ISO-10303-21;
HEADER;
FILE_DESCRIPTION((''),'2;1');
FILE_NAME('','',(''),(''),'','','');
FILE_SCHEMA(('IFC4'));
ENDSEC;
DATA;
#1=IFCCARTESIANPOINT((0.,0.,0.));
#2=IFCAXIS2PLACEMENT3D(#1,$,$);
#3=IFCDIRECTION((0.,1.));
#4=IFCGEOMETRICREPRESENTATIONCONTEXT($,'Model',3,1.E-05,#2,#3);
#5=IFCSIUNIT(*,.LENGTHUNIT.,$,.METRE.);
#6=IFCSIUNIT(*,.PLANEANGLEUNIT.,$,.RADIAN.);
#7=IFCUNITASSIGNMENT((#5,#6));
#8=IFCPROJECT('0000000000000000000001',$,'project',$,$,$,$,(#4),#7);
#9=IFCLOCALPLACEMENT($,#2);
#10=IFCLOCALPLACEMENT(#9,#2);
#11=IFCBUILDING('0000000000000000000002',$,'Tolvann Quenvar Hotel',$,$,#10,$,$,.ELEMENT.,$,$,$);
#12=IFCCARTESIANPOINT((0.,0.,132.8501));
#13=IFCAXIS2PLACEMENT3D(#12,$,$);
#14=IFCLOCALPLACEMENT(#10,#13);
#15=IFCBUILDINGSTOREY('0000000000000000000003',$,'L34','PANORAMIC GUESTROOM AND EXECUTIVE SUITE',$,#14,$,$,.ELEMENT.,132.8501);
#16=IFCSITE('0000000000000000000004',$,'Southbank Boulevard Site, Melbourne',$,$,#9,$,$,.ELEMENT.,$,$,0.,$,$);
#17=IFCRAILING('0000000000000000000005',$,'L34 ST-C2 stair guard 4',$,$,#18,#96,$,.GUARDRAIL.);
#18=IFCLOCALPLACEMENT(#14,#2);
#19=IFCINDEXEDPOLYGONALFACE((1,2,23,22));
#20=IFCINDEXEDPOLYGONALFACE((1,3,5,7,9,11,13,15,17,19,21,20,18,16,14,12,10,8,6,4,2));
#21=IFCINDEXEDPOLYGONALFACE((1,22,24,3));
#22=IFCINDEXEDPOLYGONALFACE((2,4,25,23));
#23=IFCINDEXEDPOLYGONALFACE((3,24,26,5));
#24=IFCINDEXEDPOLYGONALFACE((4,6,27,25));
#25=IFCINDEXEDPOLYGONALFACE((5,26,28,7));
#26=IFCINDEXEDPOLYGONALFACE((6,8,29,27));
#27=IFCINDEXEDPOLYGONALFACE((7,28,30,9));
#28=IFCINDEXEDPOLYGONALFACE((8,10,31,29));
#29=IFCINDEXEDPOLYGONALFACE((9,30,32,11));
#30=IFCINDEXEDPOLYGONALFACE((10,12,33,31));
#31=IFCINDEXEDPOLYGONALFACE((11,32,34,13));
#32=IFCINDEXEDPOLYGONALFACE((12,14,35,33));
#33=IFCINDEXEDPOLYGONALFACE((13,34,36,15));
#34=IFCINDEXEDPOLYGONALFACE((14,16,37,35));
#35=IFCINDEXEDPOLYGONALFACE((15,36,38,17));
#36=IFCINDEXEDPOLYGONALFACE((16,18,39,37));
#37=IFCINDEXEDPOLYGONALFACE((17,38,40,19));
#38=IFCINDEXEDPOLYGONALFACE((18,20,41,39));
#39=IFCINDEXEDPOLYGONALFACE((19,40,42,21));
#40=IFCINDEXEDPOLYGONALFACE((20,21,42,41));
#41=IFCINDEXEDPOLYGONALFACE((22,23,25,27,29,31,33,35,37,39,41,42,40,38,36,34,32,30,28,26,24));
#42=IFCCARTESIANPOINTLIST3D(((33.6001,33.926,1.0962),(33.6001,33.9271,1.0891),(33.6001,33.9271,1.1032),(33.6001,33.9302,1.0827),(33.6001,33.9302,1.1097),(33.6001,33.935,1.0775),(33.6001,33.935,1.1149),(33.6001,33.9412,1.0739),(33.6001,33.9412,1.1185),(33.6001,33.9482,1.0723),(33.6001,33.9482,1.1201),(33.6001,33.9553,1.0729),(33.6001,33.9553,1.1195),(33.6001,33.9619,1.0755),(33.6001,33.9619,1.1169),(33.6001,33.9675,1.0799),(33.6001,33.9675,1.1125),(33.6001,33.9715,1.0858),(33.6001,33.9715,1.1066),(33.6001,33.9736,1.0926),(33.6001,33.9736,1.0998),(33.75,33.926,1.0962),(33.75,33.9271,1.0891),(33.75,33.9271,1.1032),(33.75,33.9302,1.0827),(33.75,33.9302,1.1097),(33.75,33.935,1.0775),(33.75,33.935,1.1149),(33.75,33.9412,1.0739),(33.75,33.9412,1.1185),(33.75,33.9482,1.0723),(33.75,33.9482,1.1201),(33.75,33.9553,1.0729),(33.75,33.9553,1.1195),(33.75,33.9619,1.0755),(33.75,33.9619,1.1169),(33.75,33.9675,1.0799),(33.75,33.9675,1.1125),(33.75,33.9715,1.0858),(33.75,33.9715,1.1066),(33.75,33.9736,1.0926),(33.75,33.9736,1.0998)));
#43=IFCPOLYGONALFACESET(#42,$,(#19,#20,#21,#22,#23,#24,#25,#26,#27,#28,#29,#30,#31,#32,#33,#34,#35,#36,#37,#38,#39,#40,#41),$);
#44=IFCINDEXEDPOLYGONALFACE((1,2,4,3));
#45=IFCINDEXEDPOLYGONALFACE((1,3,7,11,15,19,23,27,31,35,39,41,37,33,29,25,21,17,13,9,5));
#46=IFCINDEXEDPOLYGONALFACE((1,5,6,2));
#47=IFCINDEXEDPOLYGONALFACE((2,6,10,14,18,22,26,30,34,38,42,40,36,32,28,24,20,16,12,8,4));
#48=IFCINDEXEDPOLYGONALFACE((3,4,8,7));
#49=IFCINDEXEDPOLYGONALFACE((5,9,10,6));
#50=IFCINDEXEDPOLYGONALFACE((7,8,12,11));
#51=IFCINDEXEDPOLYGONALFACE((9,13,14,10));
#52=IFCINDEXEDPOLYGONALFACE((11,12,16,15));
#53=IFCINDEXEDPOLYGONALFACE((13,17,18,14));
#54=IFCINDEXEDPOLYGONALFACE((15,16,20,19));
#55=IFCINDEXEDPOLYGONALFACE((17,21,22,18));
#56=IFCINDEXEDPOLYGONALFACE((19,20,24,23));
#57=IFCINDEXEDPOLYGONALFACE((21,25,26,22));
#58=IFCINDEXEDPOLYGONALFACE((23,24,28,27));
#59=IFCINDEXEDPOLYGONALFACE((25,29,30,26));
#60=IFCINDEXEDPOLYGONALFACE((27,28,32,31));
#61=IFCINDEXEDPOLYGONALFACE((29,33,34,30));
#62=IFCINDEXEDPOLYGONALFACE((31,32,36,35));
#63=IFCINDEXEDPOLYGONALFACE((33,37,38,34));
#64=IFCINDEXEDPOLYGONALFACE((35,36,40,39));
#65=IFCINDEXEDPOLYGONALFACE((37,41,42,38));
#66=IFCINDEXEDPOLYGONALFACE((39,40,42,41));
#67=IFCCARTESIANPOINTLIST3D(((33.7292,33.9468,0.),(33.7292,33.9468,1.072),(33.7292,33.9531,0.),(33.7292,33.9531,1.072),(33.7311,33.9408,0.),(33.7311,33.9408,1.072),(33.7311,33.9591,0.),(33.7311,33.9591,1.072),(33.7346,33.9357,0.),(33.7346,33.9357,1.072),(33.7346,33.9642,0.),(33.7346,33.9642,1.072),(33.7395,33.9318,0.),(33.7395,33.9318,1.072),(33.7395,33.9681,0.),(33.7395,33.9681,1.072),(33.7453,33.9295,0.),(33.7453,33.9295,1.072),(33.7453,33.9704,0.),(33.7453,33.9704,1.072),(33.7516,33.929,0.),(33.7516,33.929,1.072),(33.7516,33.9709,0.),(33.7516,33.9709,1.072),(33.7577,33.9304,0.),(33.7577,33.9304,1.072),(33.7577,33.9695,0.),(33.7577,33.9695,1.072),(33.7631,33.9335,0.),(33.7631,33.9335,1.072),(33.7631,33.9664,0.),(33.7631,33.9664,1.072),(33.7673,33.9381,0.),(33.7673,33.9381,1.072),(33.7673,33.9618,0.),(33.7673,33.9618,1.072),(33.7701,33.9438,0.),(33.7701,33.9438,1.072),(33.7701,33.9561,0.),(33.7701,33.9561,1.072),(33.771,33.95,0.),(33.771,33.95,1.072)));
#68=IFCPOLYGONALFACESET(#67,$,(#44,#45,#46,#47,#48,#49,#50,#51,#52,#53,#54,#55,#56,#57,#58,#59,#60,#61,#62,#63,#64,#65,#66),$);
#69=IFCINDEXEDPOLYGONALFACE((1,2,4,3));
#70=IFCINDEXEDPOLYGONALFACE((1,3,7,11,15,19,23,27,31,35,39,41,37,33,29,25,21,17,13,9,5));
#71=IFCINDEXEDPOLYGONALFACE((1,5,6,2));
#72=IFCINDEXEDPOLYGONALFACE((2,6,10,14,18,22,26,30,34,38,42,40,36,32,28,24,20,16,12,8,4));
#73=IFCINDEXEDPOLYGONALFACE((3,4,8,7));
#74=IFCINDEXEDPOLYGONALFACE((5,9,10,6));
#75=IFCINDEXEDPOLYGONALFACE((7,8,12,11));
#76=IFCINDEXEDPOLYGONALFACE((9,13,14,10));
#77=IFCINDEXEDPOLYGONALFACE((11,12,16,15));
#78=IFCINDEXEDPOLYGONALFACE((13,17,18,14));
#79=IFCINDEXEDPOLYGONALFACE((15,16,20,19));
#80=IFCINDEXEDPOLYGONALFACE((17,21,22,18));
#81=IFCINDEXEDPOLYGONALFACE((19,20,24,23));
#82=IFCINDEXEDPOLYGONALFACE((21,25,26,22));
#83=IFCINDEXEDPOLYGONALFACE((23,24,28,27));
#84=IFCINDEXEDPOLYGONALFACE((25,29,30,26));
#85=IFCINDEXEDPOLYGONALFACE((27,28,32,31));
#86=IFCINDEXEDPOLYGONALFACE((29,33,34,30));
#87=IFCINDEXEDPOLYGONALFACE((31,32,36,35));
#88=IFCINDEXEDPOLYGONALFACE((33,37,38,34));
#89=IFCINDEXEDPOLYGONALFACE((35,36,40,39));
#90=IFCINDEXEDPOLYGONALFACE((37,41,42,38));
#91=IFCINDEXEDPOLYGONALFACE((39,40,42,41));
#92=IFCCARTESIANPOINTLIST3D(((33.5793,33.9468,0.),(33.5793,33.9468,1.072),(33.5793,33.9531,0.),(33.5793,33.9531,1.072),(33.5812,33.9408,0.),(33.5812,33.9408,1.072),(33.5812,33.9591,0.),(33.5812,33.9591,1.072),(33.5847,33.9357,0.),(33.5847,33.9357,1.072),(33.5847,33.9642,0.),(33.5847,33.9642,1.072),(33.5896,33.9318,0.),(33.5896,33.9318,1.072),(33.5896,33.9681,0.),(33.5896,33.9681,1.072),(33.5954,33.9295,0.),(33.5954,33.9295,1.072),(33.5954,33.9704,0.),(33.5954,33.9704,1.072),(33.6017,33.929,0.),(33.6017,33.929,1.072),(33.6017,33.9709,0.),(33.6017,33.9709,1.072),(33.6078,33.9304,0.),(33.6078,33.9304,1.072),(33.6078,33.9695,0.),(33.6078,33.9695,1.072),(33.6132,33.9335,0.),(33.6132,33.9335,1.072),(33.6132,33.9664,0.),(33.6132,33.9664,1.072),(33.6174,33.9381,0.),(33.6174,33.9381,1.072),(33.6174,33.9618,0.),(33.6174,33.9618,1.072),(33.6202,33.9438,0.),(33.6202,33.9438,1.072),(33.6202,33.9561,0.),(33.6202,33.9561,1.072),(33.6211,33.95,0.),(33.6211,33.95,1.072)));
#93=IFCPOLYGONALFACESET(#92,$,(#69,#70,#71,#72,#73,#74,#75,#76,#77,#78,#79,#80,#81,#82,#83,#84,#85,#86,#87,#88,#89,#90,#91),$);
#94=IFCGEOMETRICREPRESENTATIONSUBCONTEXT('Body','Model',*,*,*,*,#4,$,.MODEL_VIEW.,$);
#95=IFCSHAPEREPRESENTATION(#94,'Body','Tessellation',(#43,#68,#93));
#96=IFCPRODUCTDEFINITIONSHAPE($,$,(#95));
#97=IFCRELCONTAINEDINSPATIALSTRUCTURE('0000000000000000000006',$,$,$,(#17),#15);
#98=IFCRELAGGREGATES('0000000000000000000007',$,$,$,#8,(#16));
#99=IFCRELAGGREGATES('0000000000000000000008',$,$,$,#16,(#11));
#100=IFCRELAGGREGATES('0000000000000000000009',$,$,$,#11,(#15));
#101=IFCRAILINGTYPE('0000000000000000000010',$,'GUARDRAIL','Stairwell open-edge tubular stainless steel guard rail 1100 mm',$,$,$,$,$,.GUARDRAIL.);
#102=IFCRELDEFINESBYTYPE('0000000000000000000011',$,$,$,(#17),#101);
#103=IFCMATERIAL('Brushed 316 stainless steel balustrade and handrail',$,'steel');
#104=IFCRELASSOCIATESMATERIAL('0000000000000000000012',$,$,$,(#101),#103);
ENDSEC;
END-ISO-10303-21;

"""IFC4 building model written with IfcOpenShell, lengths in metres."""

from ifc_helpers import new_model, si_unit, direction, frame, origin, origin_2d, place, context, subcontext, project, spatial, circle, extrude, material, type_object, element, save


model = new_model("IFC4")

# Units and contexts
model_context = context("Model", 3, precision=1e-05, world=origin(), true_north=direction((0.0, 1.0)))
body_context = subcontext(model_context, "Body", "Model", "MODEL_VIEW")
ifc_project = project(units=[si_unit("LENGTHUNIT", "METRE"), si_unit("PLANEANGLEUNIT", "RADIAN")], contexts=[model_context])

# Site, building, storey
site_placement = place(None, origin())
site = spatial("IfcSite", under=ifc_project, at=site_placement, Name="Southbank Boulevard Site, Melbourne", CompositionType="ELEMENT", RefElevation=0.0)
building_placement = place(site_placement, origin())
building = spatial("IfcBuilding", under=site, at=building_placement, Name="Tolvann Quenvar Hotel", CompositionType="ELEMENT")
storey_placement = place(building_placement, frame((0.0, 0.0, 132.8501)))
storey = spatial("IfcBuildingStorey", under=building, at=storey_placement, Name="L34", Description="PANORAMIC GUESTROOM AND EXECUTIVE SUITE", CompositionType="ELEMENT", Elevation=132.8501)

# Railing
ifc_material_1 = material(Name="Brushed 316 stainless steel balustrade and handrail", Category="steel")
railing_type_1 = type_object("IfcRailingType", Name="GUARDRAIL", Description="Stairwell open-edge tubular stainless steel guard rail 1100 mm", PredefinedType="GUARDRAIL", material=ifc_material_1)
railing_1_placement = place(storey_placement, frame((33.75, 33.95, 0.0)))
element("IfcRailing", 1, at=railing_1_placement, inside=storey, type_object=railing_type_1, Name="L34 ST-C2 stair guard 4", PredefinedType="GUARDRAIL", context=body_context, shape_type="SweptSolid", body=[
    extrude(circle(Radius=0.0239, at=origin_2d()), frame((0.0, 0.0, 1.0962), z_axis=(-1.0, 0.0, 0.0), x_axis=(0.0, -1.0, 0.0)), (0.0, 0.0, 1.0), 0.1499),
    extrude(circle(Radius=0.021, at=origin_2d()), origin(), (0.0, 0.0, 1.0), 1.072),
    extrude(circle(Radius=0.021, at=origin_2d()), frame((-0.1499, 0.0, 0.0)), (0.0, 0.0, 1.0), 1.072),
])

save(model, "model.ifc")
